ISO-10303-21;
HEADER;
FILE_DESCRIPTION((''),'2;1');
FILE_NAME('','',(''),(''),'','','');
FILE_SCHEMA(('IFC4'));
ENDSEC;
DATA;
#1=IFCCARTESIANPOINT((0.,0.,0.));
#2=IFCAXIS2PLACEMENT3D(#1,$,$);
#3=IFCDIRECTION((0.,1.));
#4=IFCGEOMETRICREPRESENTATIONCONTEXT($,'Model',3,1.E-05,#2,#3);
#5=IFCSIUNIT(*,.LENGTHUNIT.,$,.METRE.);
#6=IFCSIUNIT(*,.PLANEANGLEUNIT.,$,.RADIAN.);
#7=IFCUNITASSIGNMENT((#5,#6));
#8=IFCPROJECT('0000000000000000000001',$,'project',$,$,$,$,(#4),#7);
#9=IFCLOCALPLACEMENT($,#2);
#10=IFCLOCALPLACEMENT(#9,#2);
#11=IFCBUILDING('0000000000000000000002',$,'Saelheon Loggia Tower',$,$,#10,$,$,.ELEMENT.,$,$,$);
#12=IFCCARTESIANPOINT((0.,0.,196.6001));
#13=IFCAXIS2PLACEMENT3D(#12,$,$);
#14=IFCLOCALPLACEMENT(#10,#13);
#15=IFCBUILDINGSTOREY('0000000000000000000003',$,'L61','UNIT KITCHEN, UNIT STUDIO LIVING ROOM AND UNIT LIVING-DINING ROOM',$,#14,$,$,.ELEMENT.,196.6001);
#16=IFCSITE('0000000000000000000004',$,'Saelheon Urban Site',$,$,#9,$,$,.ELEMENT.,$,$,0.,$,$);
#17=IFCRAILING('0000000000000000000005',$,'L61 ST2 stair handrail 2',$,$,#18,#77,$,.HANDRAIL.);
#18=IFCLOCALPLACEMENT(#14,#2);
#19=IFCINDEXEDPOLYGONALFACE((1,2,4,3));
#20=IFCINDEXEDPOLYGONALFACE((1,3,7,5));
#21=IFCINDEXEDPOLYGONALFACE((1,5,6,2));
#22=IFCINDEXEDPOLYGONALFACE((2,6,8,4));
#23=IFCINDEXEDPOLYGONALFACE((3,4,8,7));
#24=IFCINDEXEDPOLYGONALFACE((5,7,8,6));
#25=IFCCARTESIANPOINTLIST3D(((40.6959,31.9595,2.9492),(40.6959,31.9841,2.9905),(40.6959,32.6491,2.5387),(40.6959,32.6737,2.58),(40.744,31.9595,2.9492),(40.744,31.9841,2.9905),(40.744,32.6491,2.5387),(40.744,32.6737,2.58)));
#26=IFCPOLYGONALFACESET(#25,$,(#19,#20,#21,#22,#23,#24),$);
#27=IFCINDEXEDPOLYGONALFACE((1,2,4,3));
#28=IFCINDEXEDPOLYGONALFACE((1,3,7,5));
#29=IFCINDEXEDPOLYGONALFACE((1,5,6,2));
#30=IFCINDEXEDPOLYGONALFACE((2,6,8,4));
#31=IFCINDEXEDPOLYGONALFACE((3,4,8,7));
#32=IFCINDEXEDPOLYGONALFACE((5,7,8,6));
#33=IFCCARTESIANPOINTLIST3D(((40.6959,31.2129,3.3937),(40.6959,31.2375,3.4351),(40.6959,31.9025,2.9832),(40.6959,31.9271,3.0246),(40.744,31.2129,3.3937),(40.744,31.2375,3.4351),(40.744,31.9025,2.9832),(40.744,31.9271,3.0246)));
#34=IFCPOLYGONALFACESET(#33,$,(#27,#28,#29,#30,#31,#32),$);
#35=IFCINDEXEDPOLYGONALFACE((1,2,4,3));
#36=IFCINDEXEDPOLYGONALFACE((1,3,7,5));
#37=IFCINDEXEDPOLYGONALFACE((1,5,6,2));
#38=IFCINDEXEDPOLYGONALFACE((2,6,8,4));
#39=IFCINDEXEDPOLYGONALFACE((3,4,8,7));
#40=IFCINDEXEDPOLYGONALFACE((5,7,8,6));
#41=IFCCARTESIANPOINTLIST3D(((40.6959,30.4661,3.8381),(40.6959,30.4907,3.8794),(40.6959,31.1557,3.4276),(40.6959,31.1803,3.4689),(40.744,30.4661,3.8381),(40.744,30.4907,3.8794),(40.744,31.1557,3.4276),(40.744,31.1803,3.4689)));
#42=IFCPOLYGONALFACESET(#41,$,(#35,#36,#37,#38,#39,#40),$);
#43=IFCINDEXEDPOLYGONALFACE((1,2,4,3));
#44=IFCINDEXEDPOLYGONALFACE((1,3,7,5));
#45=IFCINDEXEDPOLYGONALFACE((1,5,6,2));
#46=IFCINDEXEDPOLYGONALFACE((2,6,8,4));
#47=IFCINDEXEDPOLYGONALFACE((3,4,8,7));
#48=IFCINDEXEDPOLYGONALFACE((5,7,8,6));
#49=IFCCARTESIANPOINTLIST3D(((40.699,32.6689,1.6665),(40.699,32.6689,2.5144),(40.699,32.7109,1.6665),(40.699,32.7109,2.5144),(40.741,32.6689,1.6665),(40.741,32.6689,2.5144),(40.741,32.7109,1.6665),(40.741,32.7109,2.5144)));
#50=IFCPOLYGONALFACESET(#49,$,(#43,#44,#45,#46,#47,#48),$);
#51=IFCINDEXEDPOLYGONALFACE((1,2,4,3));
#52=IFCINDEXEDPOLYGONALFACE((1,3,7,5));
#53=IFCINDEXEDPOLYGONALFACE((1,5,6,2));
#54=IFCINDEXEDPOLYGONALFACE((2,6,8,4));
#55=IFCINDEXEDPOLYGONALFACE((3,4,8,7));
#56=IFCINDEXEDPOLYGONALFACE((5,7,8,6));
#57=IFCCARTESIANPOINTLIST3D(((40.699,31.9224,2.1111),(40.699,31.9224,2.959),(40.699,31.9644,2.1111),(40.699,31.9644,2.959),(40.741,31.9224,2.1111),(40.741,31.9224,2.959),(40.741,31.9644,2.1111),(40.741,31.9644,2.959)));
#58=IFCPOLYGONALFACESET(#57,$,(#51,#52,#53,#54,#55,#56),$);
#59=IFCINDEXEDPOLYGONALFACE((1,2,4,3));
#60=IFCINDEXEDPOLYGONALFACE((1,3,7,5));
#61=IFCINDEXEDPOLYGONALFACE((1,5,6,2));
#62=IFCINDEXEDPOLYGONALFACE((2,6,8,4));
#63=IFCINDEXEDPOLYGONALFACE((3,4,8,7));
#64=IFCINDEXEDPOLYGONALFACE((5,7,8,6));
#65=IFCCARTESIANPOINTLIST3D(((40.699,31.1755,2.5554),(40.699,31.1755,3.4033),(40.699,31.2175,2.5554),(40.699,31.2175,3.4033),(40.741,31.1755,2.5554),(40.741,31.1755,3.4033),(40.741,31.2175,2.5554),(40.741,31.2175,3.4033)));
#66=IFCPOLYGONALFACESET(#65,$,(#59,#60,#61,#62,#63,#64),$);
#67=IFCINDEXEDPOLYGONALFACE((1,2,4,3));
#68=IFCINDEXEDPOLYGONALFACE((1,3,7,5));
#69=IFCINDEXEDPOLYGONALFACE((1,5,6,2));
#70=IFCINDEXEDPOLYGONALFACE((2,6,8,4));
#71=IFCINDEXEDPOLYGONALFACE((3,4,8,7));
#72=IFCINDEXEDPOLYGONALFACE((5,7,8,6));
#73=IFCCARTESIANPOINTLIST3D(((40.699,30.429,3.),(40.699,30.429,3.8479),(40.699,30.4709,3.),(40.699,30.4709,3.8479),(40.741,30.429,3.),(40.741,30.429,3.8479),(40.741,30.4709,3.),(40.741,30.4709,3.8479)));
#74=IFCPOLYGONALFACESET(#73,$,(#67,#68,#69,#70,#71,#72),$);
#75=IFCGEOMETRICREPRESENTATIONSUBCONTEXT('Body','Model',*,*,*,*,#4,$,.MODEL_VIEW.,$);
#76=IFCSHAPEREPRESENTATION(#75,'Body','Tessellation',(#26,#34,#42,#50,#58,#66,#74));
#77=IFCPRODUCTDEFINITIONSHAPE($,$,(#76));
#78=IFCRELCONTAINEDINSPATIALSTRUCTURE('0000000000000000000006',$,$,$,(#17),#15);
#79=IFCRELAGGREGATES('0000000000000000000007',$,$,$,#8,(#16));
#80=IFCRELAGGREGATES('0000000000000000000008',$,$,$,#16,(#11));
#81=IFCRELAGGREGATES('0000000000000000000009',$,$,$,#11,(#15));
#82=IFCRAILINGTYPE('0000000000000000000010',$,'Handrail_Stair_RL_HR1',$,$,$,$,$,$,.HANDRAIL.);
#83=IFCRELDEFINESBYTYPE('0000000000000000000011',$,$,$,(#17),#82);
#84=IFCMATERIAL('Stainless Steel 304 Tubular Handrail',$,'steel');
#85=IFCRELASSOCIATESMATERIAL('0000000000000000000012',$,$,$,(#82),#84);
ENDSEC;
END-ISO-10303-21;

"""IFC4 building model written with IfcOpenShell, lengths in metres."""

from ifc_helpers import new_model, si_unit, direction, frame, origin, origin_2d, place, context, subcontext, project, spatial, rectangle, extrude, material, type_object, element, save


model = new_model("IFC4")

# Units and contexts
model_context = context("Model", 3, precision=1e-05, world=origin(), true_north=direction((0.0, 1.0)))
body_context = subcontext(model_context, "Body", "Model", "MODEL_VIEW")
ifc_project = project(units=[si_unit("LENGTHUNIT", "METRE"), si_unit("PLANEANGLEUNIT", "RADIAN")], contexts=[model_context])

# Site, building, storey
site_placement = place(None, origin())
site = spatial("IfcSite", under=ifc_project, at=site_placement, Name="Saelheon Urban Site", CompositionType="ELEMENT", RefElevation=0.0)
building_placement = place(site_placement, origin())
building = spatial("IfcBuilding", under=site, at=building_placement, Name="Saelheon Loggia Tower", CompositionType="ELEMENT")
storey_placement = place(building_placement, frame((0.0, 0.0, 196.6001)))
storey = spatial("IfcBuildingStorey", under=building, at=storey_placement, Name="L61", Description="UNIT KITCHEN, UNIT STUDIO LIVING ROOM AND UNIT LIVING-DINING ROOM", CompositionType="ELEMENT", Elevation=196.6001)

# Railing
ifc_material_1 = material(Name="Stainless Steel 304 Tubular Handrail", Category="steel")
railing_type_1 = type_object("IfcRailingType", Name="Handrail_Stair_RL_HR1", PredefinedType="HANDRAIL", material=ifc_material_1)
railing_1_placement = place(storey_placement, frame((40.72, 32.6899, 1.6665)))
element("IfcRailing", 1, at=railing_1_placement, inside=storey, type_object=railing_type_1, Name="L61 ST2 stair handrail 2", PredefinedType="HANDRAIL", context=body_context, shape_type="SweptSolid", body=[
    extrude(rectangle(XDim=0.0481, YDim=0.0481, at=origin_2d()), frame((0.0, -0.0286, 0.8928), z_axis=(0.0, -0.859264, 0.511532), x_axis=(1.0, 0.0, 0.0)), (0.0, 0.0, 1.0), 0.8025),
    extrude(rectangle(XDim=0.0481, YDim=0.0481, at=origin_2d()), frame((0.0, -0.7751, 1.3374), z_axis=(0.0, -0.859264, 0.511532), x_axis=(1.0, 0.0, 0.0)), (0.0, 0.0, 1.0), 0.8025),
    extrude(rectangle(XDim=0.0481, YDim=0.0481, at=origin_2d()), frame((0.0, -1.522, 1.7817), z_axis=(0.0, -0.859264, 0.511532), x_axis=(1.0, 0.0, 0.0)), (0.0, 0.0, 1.0), 0.8025),
    extrude(rectangle(XDim=0.042, YDim=0.042, at=origin_2d()), origin(), (0.0, 0.0, 1.0), 0.8479),
    extrude(rectangle(XDim=0.042, YDim=0.042, at=origin_2d()), frame((0.0, -0.7466, 0.4446)), (0.0, 0.0, 1.0), 0.8479),
    extrude(rectangle(XDim=0.042, YDim=0.042, at=origin_2d()), frame((0.0, -1.4934, 0.8889)), (0.0, 0.0, 1.0), 0.8479),
    extrude(rectangle(XDim=0.042, YDim=0.042, at=origin_2d()), frame((0.0, -2.24, 1.3335)), (0.0, 0.0, 1.0), 0.8479),
])

save(model, "model.ifc")
